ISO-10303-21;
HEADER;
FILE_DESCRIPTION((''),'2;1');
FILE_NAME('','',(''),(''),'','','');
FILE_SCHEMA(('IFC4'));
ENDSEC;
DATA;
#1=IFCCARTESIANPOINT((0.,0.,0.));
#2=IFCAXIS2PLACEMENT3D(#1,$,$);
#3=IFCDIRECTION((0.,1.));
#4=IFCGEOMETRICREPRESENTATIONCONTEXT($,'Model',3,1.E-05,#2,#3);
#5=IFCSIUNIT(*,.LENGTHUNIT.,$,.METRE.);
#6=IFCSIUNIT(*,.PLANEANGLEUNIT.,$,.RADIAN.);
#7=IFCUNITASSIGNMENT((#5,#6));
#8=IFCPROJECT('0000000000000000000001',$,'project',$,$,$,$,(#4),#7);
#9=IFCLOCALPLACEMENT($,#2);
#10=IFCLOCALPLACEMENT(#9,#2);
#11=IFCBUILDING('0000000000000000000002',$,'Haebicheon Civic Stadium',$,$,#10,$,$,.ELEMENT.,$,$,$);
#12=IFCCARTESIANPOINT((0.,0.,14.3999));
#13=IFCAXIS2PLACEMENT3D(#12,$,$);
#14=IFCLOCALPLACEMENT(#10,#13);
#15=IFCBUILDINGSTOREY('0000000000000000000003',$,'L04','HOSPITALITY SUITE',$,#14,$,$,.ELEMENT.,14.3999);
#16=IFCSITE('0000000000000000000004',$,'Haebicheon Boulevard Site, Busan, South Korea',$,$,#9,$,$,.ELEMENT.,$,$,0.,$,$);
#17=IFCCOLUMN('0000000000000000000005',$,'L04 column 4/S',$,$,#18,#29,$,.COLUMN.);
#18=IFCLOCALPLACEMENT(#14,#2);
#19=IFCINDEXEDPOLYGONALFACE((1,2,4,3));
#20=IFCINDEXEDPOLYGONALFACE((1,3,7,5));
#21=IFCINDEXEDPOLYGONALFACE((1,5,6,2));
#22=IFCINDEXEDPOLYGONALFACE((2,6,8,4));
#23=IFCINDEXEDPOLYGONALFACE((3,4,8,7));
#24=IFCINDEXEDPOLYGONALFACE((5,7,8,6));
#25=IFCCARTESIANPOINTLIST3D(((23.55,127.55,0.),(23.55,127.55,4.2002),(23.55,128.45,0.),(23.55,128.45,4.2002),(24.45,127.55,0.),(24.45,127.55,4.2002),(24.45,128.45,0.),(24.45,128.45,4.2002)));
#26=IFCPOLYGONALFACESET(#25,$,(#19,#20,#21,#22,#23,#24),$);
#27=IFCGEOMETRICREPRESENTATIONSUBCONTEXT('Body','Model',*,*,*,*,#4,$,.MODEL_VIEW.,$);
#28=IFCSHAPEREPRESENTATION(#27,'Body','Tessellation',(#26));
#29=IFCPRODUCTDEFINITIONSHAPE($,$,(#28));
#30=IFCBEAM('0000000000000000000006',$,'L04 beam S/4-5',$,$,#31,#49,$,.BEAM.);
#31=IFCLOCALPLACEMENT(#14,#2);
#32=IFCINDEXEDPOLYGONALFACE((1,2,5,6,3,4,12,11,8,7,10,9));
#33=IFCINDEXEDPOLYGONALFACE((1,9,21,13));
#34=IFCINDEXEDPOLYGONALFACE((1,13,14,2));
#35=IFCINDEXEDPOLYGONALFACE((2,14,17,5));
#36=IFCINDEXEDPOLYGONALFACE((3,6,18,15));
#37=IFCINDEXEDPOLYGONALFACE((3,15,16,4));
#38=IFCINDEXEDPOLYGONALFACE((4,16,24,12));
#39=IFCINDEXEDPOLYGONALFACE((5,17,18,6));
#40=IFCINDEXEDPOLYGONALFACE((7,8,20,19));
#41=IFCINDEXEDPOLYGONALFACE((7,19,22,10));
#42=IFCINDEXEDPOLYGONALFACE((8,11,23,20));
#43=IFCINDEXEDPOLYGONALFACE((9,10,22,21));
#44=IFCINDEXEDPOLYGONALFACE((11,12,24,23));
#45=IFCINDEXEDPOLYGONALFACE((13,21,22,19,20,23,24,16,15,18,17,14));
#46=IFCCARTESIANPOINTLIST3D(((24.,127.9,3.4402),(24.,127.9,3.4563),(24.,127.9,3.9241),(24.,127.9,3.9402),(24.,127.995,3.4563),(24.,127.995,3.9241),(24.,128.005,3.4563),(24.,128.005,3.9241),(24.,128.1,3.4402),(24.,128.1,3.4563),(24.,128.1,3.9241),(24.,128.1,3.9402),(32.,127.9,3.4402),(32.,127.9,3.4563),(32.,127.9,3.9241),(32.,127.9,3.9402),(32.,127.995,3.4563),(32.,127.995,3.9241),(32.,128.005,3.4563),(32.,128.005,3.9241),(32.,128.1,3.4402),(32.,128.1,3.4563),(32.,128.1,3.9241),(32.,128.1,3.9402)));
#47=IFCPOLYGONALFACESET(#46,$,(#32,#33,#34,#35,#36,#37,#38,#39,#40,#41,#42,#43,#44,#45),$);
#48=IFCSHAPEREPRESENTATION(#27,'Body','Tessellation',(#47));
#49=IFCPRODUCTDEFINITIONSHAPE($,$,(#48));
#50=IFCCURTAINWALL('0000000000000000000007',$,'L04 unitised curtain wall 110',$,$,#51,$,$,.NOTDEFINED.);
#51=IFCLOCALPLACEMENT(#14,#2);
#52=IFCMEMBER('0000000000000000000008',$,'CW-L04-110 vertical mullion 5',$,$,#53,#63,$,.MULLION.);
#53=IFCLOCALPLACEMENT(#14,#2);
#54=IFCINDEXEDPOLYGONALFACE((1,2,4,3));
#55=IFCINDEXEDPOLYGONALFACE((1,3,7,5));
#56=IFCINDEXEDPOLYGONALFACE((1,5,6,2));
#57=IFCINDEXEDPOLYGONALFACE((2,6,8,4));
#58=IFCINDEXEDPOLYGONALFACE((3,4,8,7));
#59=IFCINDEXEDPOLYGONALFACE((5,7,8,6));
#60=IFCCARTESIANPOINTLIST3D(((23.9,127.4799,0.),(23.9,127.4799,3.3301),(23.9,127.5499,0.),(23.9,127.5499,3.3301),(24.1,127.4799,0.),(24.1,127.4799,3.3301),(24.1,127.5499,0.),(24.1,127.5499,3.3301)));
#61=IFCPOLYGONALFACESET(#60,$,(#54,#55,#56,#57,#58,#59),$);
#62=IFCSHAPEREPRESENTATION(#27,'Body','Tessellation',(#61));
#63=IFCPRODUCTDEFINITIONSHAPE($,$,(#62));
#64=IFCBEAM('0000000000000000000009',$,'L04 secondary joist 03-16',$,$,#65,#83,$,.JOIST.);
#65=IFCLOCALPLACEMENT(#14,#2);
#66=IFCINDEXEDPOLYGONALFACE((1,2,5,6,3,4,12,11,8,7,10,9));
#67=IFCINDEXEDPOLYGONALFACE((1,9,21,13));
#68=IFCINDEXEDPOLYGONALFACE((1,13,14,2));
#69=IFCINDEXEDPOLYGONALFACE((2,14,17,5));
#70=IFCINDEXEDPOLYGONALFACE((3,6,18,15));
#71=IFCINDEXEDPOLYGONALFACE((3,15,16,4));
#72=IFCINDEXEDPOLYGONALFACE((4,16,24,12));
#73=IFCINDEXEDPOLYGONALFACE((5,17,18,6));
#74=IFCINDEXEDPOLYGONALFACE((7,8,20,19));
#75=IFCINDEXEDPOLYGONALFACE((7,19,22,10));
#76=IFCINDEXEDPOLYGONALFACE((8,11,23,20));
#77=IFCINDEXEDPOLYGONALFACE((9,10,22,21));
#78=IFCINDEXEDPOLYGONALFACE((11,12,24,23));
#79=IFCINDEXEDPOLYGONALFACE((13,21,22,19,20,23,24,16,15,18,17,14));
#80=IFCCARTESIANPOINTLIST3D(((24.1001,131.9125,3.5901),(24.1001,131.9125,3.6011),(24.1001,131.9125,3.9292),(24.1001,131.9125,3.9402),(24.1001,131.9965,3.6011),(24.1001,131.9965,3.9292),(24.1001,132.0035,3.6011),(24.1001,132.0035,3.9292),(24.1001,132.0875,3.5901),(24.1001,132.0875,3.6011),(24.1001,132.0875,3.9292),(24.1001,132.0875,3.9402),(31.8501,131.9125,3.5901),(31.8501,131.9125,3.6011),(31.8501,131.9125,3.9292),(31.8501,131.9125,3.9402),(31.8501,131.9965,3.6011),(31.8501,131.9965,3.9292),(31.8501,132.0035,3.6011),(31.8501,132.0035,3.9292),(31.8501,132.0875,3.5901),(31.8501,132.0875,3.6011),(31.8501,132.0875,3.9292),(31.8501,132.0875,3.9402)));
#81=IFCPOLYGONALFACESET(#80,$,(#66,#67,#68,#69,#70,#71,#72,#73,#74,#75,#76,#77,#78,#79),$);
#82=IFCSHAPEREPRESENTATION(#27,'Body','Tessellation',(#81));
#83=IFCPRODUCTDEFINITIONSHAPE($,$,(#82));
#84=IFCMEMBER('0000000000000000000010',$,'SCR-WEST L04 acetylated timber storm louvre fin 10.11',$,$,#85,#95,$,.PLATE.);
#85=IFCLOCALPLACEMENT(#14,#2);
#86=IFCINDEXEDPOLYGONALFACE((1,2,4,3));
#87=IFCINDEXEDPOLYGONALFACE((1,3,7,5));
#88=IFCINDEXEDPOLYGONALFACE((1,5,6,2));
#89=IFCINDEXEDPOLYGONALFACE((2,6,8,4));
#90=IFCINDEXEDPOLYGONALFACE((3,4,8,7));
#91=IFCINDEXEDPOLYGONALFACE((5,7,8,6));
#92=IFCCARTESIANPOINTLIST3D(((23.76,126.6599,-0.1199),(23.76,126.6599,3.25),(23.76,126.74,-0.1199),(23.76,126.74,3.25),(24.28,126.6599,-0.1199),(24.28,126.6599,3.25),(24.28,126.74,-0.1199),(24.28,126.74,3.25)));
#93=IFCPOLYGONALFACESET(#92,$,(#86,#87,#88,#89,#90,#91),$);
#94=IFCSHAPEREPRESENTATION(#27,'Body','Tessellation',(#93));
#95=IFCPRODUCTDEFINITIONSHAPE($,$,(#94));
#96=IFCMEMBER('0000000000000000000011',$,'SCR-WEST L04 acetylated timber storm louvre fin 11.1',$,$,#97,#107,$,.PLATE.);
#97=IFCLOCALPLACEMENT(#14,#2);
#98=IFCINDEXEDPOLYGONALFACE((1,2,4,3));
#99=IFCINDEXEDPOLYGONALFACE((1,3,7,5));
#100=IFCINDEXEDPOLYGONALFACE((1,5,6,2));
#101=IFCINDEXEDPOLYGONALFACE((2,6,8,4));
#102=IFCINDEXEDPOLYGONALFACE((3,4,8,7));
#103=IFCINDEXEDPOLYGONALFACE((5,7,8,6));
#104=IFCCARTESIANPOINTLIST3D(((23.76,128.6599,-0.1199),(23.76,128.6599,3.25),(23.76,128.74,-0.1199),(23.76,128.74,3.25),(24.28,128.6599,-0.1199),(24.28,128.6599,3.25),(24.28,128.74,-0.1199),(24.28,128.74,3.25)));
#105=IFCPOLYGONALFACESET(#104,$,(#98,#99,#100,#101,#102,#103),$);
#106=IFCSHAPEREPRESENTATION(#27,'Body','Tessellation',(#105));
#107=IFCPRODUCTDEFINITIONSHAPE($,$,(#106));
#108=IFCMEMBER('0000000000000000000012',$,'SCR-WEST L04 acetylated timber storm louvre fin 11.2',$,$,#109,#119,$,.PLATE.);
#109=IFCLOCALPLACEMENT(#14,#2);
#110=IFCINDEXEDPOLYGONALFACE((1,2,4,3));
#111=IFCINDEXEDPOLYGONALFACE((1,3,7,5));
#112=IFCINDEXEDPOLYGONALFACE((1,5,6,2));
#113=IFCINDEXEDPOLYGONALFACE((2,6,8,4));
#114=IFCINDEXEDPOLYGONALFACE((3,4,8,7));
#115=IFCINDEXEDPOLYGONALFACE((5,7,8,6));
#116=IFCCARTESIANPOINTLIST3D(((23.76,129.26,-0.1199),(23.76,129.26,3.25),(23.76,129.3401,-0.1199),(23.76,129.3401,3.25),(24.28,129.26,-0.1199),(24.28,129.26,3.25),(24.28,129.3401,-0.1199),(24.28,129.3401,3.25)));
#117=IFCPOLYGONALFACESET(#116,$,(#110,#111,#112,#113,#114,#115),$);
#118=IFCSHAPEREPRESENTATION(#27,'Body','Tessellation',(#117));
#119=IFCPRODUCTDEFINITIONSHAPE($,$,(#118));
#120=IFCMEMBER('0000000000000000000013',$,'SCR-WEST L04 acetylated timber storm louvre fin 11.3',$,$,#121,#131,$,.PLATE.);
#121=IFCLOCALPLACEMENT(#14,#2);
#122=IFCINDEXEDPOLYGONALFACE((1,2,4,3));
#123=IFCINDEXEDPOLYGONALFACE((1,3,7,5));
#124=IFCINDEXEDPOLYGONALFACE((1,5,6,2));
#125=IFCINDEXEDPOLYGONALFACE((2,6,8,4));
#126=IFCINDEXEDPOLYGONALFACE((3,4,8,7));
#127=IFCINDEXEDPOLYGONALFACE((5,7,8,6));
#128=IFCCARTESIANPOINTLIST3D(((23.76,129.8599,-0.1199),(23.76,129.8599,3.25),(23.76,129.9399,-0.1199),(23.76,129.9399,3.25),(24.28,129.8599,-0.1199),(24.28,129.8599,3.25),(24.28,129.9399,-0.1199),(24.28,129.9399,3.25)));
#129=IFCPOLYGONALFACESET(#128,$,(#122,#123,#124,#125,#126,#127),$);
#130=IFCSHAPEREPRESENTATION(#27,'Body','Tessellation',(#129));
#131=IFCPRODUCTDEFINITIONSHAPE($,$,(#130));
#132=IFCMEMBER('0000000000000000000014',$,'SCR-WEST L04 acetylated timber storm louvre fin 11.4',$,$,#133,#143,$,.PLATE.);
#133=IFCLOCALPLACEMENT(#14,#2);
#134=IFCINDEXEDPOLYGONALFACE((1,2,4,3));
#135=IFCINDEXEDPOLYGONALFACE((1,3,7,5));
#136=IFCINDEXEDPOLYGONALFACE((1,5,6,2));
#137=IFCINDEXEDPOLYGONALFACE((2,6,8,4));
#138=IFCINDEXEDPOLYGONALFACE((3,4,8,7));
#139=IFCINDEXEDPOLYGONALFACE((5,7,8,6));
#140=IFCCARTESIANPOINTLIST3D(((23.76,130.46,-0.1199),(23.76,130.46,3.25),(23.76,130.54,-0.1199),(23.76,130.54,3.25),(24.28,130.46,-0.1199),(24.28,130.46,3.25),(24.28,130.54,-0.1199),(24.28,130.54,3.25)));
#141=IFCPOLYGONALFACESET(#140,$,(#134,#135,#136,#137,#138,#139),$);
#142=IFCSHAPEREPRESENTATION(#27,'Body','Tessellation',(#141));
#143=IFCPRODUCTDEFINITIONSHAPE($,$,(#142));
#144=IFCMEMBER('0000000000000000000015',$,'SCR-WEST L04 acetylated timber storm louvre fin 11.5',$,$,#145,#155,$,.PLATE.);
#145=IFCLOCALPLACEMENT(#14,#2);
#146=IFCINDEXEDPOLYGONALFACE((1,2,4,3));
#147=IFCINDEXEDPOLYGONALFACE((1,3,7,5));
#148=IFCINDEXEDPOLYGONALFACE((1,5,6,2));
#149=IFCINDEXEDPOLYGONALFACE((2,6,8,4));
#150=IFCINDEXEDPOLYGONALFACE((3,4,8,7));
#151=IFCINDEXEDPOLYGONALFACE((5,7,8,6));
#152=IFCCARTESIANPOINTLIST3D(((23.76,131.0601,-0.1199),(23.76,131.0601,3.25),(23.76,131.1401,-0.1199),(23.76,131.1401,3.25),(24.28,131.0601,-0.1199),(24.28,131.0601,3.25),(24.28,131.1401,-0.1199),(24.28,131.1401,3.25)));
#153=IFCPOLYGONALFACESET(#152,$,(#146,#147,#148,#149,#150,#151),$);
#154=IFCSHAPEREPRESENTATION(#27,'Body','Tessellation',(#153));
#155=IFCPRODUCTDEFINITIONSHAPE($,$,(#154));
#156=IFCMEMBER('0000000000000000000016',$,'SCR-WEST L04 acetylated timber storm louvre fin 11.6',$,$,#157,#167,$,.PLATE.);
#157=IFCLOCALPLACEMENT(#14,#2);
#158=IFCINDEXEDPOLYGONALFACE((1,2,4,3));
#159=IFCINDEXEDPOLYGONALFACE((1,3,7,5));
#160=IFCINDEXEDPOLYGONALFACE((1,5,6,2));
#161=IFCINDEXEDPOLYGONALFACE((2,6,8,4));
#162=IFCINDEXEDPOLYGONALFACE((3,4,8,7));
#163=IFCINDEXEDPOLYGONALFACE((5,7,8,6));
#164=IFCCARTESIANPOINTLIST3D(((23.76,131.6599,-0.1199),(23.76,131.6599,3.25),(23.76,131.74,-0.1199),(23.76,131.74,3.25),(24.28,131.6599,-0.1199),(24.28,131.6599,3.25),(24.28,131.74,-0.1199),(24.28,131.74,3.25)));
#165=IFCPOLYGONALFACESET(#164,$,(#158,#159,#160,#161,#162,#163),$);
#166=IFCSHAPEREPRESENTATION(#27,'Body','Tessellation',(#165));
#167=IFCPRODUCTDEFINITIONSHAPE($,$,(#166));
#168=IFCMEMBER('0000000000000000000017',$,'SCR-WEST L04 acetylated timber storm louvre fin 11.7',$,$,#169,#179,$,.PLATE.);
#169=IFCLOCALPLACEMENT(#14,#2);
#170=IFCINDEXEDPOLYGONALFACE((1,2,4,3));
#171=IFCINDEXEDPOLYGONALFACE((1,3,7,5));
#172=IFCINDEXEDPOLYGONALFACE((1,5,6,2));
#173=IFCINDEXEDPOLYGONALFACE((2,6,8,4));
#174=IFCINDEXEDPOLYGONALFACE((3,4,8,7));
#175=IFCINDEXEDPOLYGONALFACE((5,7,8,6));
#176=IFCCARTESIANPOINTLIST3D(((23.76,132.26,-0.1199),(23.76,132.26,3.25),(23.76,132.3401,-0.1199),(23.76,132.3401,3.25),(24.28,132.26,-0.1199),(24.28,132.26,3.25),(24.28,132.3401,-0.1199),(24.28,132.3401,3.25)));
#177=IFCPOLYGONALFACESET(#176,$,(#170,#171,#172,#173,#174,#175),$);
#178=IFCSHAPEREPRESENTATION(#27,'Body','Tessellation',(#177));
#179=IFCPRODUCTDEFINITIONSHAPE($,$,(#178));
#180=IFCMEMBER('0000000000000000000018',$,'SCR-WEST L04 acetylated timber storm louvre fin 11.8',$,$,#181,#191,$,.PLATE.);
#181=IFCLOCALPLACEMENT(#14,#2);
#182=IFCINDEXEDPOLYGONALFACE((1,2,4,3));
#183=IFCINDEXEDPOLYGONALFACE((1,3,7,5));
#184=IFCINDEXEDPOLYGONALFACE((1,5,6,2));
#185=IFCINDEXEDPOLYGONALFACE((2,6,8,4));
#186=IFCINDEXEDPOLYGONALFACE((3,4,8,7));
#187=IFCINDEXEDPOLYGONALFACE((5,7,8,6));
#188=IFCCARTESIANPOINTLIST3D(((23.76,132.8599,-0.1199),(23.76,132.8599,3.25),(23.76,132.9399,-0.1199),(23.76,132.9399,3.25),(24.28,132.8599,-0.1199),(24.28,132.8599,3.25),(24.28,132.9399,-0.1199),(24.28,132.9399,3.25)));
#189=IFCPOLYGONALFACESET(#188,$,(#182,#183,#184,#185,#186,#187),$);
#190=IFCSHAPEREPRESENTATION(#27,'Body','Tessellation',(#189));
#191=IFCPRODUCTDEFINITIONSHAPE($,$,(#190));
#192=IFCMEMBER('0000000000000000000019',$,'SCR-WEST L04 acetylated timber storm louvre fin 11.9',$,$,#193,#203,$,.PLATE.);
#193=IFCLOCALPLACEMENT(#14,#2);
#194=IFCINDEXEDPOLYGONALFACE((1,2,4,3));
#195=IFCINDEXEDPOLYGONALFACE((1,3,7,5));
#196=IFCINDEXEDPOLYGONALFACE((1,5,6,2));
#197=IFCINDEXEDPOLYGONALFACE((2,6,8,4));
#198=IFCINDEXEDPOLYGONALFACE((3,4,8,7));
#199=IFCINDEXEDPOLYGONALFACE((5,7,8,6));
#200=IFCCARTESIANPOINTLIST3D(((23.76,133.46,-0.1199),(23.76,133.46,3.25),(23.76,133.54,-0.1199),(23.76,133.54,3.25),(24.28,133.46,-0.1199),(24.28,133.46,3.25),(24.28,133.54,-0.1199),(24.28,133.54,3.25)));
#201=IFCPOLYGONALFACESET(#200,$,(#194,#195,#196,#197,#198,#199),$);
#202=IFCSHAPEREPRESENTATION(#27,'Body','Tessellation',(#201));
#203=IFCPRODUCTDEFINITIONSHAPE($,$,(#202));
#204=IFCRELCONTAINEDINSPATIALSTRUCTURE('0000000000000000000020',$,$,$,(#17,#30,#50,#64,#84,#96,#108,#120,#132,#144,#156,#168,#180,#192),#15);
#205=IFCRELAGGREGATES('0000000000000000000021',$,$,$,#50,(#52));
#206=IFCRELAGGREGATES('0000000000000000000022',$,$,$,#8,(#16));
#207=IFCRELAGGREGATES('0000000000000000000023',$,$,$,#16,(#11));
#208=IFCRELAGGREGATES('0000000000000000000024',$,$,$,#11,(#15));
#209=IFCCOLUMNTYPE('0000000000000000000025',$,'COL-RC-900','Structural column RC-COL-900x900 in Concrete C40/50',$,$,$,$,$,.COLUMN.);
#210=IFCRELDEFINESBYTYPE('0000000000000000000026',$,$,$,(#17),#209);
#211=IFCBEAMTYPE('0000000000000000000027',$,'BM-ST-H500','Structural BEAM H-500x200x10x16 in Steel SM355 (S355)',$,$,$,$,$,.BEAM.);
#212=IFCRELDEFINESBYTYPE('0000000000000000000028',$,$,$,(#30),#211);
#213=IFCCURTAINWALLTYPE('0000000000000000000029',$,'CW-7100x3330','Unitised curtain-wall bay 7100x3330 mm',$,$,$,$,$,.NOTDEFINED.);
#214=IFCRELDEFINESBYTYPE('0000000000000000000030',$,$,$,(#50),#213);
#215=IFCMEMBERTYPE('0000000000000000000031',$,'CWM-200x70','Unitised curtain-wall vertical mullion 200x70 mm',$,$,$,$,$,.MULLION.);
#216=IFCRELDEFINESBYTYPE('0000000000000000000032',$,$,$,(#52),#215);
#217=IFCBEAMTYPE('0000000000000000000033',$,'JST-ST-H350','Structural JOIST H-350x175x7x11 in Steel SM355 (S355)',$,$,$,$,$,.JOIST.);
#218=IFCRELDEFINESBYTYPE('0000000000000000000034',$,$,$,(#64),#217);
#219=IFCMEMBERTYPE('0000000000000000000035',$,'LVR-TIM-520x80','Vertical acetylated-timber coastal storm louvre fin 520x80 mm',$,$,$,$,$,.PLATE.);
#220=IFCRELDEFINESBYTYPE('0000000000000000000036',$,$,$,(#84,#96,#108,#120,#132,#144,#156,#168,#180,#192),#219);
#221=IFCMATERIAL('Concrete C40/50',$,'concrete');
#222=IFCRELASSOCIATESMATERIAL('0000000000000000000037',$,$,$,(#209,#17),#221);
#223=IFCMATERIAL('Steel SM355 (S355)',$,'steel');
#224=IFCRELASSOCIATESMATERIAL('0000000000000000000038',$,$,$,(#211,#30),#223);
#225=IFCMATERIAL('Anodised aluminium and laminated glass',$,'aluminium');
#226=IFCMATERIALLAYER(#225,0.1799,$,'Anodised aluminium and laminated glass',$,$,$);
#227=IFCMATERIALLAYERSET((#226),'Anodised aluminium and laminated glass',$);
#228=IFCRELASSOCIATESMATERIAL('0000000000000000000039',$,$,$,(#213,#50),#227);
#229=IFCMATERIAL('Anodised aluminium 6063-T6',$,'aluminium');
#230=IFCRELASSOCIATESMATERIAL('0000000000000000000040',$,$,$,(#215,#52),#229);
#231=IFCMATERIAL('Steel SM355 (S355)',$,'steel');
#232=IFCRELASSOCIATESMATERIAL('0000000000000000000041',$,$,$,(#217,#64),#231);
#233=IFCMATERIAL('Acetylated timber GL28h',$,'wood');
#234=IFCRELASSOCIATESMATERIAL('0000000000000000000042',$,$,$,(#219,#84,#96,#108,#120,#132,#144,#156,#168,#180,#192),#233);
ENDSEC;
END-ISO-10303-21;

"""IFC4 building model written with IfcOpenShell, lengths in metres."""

from ifc_helpers import new_model, si_unit, direction, frame, origin, origin_2d, place, context, subcontext, project, spatial, rectangle, i_section, extrude, material, layer, layer_set, material_profile, profile_set, type_object, element, aggregate, save


model = new_model("IFC4")

# Units and contexts
model_context = context("Model", 3, precision=1e-05, world=origin(), true_north=direction((0.0, 1.0)))
body_context = subcontext(model_context, "Body", "Model", "MODEL_VIEW")
ifc_project = project(units=[si_unit("LENGTHUNIT", "METRE"), si_unit("PLANEANGLEUNIT", "RADIAN")], contexts=[model_context])

# Site, building, storey
site_placement = place(None, origin())
site = spatial("IfcSite", under=ifc_project, at=site_placement, Name="Haebicheon Boulevard Site, Busan, South Korea", CompositionType="ELEMENT", RefElevation=0.0)
building_placement = place(site_placement, origin())
building = spatial("IfcBuilding", under=site, at=building_placement, Name="Haebicheon Civic Stadium", CompositionType="ELEMENT")
storey_placement = place(building_placement, frame((0.0, 0.0, 14.3999)))
storey = spatial("IfcBuildingStorey", under=building, at=storey_placement, Name="L04", Description="HOSPITALITY SUITE", CompositionType="ELEMENT", Elevation=14.3999)

# Column
ifc_material_1 = material(Name="Concrete C40/50", Category="concrete")
ifc_material_profile_1 = material_profile(ifc_material_1, rectangle(XDim=0.8999, YDim=0.8999, at=origin_2d()), Name="RC-COL-900x900")
ifc_profile_set_1 = profile_set([ifc_material_profile_1], Name="Concrete C40/50")
column_type = type_object("IfcColumnType", Name="COL-RC-900", Description="Structural column RC-COL-900x900 in Concrete C40/50", PredefinedType="COLUMN", material=ifc_profile_set_1)
column_placement = place(storey_placement, frame((24.0, 128.0, 0.0), z_axis=(0.0, 0.0, 1.0), x_axis=(1.0, 0.0, 0.0)))
element("IfcColumn", 1, at=column_placement, inside=storey, type_object=column_type, material=ifc_profile_set_1, Name="L04 column 4/S", PredefinedType="COLUMN", context=body_context, shape_type="SweptSolid", body=[
    extrude(rectangle(XDim=0.8999, YDim=0.8999, at=origin_2d()), origin(), (0.0, 0.0, 1.0), 4.2002),
])

# Beam
ifc_material_2 = material(Name="Steel SM355 (S355)", Category="steel")
ifc_material_profile_2 = material_profile(ifc_material_2, i_section(OverallWidth=0.2, OverallDepth=0.5, WebThickness=0.01, FlangeThickness=0.0161, at=origin_2d()), Name="H-500x200x10x16")
ifc_profile_set_2 = profile_set([ifc_material_profile_2], Name="Steel SM355 (S355)")
beam_type_1 = type_object("IfcBeamType", Name="BM-ST-H500", Description="Structural BEAM H-500x200x10x16 in Steel SM355 (S355)", PredefinedType="BEAM", material=ifc_profile_set_2)
beam_1_placement = place(storey_placement, frame((24.0, 128.0, 3.6902), z_axis=(1.0, 0.0, 0.0), x_axis=(0.0, 1.0, 0.0)))
element("IfcBeam", 2, at=beam_1_placement, inside=storey, type_object=beam_type_1, material=ifc_profile_set_2, Name="L04 beam S/4-5", PredefinedType="BEAM", context=body_context, shape_type="SweptSolid", body=[
    extrude(i_section(OverallWidth=0.2, OverallDepth=0.5, WebThickness=0.01, FlangeThickness=0.0161, at=origin_2d()), origin(), (0.0, 0.0, 1.0), 8.0),
])

# Curtain wall, member
ifc_material_3 = material(Name="Anodised aluminium and laminated glass", Category="aluminium")
ifc_layer_1 = layer(ifc_material_3, 0.1799, Name="Anodised aluminium and laminated glass")
ifc_layer_set_1 = layer_set([ifc_layer_1], Name="Anodised aluminium and laminated glass")
curtain_wall_type = type_object("IfcCurtainWallType", Name="CW-7100x3330", Description="Unitised curtain-wall bay 7100x3330 mm", PredefinedType="NOTDEFINED", material=ifc_layer_set_1)
curtain_wall_placement = place(storey_placement, origin())
curtain_wall = element("IfcCurtainWall", 3, at=curtain_wall_placement, inside=storey, type_object=curtain_wall_type, material=ifc_layer_set_1, Name="L04 unitised curtain wall 110", PredefinedType="NOTDEFINED")
ifc_material_4 = material(Name="Anodised aluminium 6063-T6", Category="aluminium")
ifc_material_profile_3 = material_profile(ifc_material_4, rectangle(XDim=0.0701, YDim=0.2, at=origin_2d()), Name="ALU-MULL-70x200")
ifc_profile_set_3 = profile_set([ifc_material_profile_3], Name="Anodised aluminium 6063-T6")
member_type_1 = type_object("IfcMemberType", Name="CWM-200x70", Description="Unitised curtain-wall vertical mullion 200x70 mm", PredefinedType="MULLION", material=ifc_profile_set_3)
member_placement = place(storey_placement, frame((24.0, 127.5149, 0.0), z_axis=(0.0, 0.0, 1.0), x_axis=(0.0, 1.0, 0.0)))
member = element("IfcMember", 4, at=member_placement, type_object=member_type_1, material=ifc_profile_set_3, Name="CW-L04-110 vertical mullion 5", PredefinedType="MULLION", context=body_context, shape_type="SweptSolid", body=[
    extrude(rectangle(XDim=0.0701, YDim=0.2, at=origin_2d()), origin(), (0.0, 0.0, 1.0), 3.3301),
])

# Beam
ifc_material_5 = material(Name="Steel SM355 (S355)", Category="steel")
ifc_material_profile_4 = material_profile(ifc_material_5, i_section(OverallWidth=0.175, OverallDepth=0.3501, WebThickness=0.0071, FlangeThickness=0.011, at=origin_2d()), Name="H-350x175x7x11")
ifc_profile_set_4 = profile_set([ifc_material_profile_4], Name="Steel SM355 (S355)")
beam_type_2 = type_object("IfcBeamType", Name="JST-ST-H350", Description="Structural JOIST H-350x175x7x11 in Steel SM355 (S355)", PredefinedType="JOIST", material=ifc_profile_set_4)
beam_2_placement = place(storey_placement, frame((24.1001, 132.0, 3.7651), z_axis=(1.0, 0.0, 0.0), x_axis=(0.0, 1.0, 0.0)))
element("IfcBeam", 5, at=beam_2_placement, inside=storey, type_object=beam_type_2, material=ifc_profile_set_4, Name="L04 secondary joist 03-16", PredefinedType="JOIST", context=body_context, shape_type="SweptSolid", body=[
    extrude(i_section(OverallWidth=0.175, OverallDepth=0.3501, WebThickness=0.0071, FlangeThickness=0.011, at=origin_2d()), origin(), (0.0, 0.0, 1.0), 7.75),
])

# Members
ifc_material_6 = material(Name="Acetylated timber GL28h", Category="wood")
ifc_material_profile_5 = material_profile(ifc_material_6, rectangle(XDim=0.0801, YDim=0.52, at=origin_2d()), Name="TMB-LOUV-80x520")
ifc_profile_set_5 = profile_set([ifc_material_profile_5], Name="Acetylated timber GL28h")
member_type_2 = type_object("IfcMemberType", Name="LVR-TIM-520x80", Description="Vertical acetylated-timber coastal storm louvre fin 520x80 mm", PredefinedType="PLATE", material=ifc_profile_set_5)
for number, where, z_axis, x_axis, name in (
    (6, (24.02, 126.7, -0.1199), (0.0, 0.0, 1.0), (0.0, 1.0, 0.0), "SCR-WEST L04 acetylated timber storm louvre fin 10.11"),
    (7, (24.02, 128.7, -0.1199), (0.0, 0.0, 1.0), (0.0, 1.0, 0.0), "SCR-WEST L04 acetylated timber storm louvre fin 11.1"),
    (8, (24.02, 129.3, -0.1199), (0.0, 0.0, 1.0), (0.0, 1.0, 0.0), "SCR-WEST L04 acetylated timber storm louvre fin 11.2"),
    (9, (24.02, 129.8999, -0.1199), (0.0, 0.0, 1.0), (0.0, 1.0, 0.0), "SCR-WEST L04 acetylated timber storm louvre fin 11.3"),
    (10, (24.02, 130.5, -0.1199), (0.0, 0.0, 1.0), (0.0, 1.0, 0.0), "SCR-WEST L04 acetylated timber storm louvre fin 11.4"),
    (11, (24.02, 131.1001, -0.1199), (0.0, 0.0, 1.0), (0.0, 1.0, 0.0), "SCR-WEST L04 acetylated timber storm louvre fin 11.5"),
    (12, (24.02, 131.7, -0.1199), (0.0, 0.0, 1.0), (0.0, 1.0, 0.0), "SCR-WEST L04 acetylated timber storm louvre fin 11.6"),
    (13, (24.02, 132.3, -0.1199), (0.0, 0.0, 1.0), (0.0, 1.0, 0.0), "SCR-WEST L04 acetylated timber storm louvre fin 11.7"),
    (14, (24.02, 132.8999, -0.1199), (0.0, 0.0, 1.0), (0.0, 1.0, 0.0), "SCR-WEST L04 acetylated timber storm louvre fin 11.8"),
    (15, (24.02, 133.5, -0.1199), (0.0, 0.0, 1.0), (0.0, 1.0, 0.0), "SCR-WEST L04 acetylated timber storm louvre fin 11.9"),
):
    element("IfcMember", number, at=place(storey_placement, frame(where, z_axis=z_axis, x_axis=x_axis)), inside=storey, type_object=member_type_2, material=ifc_profile_set_5, Name=name, PredefinedType="PLATE", context=body_context, shape_type="SweptSolid", body=[
        extrude(rectangle(XDim=0.0801, YDim=0.52, at=origin_2d()), origin(), (0.0, 0.0, 1.0), 3.3699),
    ])

aggregate(curtain_wall, [member])

save(model, "model.ifc")
